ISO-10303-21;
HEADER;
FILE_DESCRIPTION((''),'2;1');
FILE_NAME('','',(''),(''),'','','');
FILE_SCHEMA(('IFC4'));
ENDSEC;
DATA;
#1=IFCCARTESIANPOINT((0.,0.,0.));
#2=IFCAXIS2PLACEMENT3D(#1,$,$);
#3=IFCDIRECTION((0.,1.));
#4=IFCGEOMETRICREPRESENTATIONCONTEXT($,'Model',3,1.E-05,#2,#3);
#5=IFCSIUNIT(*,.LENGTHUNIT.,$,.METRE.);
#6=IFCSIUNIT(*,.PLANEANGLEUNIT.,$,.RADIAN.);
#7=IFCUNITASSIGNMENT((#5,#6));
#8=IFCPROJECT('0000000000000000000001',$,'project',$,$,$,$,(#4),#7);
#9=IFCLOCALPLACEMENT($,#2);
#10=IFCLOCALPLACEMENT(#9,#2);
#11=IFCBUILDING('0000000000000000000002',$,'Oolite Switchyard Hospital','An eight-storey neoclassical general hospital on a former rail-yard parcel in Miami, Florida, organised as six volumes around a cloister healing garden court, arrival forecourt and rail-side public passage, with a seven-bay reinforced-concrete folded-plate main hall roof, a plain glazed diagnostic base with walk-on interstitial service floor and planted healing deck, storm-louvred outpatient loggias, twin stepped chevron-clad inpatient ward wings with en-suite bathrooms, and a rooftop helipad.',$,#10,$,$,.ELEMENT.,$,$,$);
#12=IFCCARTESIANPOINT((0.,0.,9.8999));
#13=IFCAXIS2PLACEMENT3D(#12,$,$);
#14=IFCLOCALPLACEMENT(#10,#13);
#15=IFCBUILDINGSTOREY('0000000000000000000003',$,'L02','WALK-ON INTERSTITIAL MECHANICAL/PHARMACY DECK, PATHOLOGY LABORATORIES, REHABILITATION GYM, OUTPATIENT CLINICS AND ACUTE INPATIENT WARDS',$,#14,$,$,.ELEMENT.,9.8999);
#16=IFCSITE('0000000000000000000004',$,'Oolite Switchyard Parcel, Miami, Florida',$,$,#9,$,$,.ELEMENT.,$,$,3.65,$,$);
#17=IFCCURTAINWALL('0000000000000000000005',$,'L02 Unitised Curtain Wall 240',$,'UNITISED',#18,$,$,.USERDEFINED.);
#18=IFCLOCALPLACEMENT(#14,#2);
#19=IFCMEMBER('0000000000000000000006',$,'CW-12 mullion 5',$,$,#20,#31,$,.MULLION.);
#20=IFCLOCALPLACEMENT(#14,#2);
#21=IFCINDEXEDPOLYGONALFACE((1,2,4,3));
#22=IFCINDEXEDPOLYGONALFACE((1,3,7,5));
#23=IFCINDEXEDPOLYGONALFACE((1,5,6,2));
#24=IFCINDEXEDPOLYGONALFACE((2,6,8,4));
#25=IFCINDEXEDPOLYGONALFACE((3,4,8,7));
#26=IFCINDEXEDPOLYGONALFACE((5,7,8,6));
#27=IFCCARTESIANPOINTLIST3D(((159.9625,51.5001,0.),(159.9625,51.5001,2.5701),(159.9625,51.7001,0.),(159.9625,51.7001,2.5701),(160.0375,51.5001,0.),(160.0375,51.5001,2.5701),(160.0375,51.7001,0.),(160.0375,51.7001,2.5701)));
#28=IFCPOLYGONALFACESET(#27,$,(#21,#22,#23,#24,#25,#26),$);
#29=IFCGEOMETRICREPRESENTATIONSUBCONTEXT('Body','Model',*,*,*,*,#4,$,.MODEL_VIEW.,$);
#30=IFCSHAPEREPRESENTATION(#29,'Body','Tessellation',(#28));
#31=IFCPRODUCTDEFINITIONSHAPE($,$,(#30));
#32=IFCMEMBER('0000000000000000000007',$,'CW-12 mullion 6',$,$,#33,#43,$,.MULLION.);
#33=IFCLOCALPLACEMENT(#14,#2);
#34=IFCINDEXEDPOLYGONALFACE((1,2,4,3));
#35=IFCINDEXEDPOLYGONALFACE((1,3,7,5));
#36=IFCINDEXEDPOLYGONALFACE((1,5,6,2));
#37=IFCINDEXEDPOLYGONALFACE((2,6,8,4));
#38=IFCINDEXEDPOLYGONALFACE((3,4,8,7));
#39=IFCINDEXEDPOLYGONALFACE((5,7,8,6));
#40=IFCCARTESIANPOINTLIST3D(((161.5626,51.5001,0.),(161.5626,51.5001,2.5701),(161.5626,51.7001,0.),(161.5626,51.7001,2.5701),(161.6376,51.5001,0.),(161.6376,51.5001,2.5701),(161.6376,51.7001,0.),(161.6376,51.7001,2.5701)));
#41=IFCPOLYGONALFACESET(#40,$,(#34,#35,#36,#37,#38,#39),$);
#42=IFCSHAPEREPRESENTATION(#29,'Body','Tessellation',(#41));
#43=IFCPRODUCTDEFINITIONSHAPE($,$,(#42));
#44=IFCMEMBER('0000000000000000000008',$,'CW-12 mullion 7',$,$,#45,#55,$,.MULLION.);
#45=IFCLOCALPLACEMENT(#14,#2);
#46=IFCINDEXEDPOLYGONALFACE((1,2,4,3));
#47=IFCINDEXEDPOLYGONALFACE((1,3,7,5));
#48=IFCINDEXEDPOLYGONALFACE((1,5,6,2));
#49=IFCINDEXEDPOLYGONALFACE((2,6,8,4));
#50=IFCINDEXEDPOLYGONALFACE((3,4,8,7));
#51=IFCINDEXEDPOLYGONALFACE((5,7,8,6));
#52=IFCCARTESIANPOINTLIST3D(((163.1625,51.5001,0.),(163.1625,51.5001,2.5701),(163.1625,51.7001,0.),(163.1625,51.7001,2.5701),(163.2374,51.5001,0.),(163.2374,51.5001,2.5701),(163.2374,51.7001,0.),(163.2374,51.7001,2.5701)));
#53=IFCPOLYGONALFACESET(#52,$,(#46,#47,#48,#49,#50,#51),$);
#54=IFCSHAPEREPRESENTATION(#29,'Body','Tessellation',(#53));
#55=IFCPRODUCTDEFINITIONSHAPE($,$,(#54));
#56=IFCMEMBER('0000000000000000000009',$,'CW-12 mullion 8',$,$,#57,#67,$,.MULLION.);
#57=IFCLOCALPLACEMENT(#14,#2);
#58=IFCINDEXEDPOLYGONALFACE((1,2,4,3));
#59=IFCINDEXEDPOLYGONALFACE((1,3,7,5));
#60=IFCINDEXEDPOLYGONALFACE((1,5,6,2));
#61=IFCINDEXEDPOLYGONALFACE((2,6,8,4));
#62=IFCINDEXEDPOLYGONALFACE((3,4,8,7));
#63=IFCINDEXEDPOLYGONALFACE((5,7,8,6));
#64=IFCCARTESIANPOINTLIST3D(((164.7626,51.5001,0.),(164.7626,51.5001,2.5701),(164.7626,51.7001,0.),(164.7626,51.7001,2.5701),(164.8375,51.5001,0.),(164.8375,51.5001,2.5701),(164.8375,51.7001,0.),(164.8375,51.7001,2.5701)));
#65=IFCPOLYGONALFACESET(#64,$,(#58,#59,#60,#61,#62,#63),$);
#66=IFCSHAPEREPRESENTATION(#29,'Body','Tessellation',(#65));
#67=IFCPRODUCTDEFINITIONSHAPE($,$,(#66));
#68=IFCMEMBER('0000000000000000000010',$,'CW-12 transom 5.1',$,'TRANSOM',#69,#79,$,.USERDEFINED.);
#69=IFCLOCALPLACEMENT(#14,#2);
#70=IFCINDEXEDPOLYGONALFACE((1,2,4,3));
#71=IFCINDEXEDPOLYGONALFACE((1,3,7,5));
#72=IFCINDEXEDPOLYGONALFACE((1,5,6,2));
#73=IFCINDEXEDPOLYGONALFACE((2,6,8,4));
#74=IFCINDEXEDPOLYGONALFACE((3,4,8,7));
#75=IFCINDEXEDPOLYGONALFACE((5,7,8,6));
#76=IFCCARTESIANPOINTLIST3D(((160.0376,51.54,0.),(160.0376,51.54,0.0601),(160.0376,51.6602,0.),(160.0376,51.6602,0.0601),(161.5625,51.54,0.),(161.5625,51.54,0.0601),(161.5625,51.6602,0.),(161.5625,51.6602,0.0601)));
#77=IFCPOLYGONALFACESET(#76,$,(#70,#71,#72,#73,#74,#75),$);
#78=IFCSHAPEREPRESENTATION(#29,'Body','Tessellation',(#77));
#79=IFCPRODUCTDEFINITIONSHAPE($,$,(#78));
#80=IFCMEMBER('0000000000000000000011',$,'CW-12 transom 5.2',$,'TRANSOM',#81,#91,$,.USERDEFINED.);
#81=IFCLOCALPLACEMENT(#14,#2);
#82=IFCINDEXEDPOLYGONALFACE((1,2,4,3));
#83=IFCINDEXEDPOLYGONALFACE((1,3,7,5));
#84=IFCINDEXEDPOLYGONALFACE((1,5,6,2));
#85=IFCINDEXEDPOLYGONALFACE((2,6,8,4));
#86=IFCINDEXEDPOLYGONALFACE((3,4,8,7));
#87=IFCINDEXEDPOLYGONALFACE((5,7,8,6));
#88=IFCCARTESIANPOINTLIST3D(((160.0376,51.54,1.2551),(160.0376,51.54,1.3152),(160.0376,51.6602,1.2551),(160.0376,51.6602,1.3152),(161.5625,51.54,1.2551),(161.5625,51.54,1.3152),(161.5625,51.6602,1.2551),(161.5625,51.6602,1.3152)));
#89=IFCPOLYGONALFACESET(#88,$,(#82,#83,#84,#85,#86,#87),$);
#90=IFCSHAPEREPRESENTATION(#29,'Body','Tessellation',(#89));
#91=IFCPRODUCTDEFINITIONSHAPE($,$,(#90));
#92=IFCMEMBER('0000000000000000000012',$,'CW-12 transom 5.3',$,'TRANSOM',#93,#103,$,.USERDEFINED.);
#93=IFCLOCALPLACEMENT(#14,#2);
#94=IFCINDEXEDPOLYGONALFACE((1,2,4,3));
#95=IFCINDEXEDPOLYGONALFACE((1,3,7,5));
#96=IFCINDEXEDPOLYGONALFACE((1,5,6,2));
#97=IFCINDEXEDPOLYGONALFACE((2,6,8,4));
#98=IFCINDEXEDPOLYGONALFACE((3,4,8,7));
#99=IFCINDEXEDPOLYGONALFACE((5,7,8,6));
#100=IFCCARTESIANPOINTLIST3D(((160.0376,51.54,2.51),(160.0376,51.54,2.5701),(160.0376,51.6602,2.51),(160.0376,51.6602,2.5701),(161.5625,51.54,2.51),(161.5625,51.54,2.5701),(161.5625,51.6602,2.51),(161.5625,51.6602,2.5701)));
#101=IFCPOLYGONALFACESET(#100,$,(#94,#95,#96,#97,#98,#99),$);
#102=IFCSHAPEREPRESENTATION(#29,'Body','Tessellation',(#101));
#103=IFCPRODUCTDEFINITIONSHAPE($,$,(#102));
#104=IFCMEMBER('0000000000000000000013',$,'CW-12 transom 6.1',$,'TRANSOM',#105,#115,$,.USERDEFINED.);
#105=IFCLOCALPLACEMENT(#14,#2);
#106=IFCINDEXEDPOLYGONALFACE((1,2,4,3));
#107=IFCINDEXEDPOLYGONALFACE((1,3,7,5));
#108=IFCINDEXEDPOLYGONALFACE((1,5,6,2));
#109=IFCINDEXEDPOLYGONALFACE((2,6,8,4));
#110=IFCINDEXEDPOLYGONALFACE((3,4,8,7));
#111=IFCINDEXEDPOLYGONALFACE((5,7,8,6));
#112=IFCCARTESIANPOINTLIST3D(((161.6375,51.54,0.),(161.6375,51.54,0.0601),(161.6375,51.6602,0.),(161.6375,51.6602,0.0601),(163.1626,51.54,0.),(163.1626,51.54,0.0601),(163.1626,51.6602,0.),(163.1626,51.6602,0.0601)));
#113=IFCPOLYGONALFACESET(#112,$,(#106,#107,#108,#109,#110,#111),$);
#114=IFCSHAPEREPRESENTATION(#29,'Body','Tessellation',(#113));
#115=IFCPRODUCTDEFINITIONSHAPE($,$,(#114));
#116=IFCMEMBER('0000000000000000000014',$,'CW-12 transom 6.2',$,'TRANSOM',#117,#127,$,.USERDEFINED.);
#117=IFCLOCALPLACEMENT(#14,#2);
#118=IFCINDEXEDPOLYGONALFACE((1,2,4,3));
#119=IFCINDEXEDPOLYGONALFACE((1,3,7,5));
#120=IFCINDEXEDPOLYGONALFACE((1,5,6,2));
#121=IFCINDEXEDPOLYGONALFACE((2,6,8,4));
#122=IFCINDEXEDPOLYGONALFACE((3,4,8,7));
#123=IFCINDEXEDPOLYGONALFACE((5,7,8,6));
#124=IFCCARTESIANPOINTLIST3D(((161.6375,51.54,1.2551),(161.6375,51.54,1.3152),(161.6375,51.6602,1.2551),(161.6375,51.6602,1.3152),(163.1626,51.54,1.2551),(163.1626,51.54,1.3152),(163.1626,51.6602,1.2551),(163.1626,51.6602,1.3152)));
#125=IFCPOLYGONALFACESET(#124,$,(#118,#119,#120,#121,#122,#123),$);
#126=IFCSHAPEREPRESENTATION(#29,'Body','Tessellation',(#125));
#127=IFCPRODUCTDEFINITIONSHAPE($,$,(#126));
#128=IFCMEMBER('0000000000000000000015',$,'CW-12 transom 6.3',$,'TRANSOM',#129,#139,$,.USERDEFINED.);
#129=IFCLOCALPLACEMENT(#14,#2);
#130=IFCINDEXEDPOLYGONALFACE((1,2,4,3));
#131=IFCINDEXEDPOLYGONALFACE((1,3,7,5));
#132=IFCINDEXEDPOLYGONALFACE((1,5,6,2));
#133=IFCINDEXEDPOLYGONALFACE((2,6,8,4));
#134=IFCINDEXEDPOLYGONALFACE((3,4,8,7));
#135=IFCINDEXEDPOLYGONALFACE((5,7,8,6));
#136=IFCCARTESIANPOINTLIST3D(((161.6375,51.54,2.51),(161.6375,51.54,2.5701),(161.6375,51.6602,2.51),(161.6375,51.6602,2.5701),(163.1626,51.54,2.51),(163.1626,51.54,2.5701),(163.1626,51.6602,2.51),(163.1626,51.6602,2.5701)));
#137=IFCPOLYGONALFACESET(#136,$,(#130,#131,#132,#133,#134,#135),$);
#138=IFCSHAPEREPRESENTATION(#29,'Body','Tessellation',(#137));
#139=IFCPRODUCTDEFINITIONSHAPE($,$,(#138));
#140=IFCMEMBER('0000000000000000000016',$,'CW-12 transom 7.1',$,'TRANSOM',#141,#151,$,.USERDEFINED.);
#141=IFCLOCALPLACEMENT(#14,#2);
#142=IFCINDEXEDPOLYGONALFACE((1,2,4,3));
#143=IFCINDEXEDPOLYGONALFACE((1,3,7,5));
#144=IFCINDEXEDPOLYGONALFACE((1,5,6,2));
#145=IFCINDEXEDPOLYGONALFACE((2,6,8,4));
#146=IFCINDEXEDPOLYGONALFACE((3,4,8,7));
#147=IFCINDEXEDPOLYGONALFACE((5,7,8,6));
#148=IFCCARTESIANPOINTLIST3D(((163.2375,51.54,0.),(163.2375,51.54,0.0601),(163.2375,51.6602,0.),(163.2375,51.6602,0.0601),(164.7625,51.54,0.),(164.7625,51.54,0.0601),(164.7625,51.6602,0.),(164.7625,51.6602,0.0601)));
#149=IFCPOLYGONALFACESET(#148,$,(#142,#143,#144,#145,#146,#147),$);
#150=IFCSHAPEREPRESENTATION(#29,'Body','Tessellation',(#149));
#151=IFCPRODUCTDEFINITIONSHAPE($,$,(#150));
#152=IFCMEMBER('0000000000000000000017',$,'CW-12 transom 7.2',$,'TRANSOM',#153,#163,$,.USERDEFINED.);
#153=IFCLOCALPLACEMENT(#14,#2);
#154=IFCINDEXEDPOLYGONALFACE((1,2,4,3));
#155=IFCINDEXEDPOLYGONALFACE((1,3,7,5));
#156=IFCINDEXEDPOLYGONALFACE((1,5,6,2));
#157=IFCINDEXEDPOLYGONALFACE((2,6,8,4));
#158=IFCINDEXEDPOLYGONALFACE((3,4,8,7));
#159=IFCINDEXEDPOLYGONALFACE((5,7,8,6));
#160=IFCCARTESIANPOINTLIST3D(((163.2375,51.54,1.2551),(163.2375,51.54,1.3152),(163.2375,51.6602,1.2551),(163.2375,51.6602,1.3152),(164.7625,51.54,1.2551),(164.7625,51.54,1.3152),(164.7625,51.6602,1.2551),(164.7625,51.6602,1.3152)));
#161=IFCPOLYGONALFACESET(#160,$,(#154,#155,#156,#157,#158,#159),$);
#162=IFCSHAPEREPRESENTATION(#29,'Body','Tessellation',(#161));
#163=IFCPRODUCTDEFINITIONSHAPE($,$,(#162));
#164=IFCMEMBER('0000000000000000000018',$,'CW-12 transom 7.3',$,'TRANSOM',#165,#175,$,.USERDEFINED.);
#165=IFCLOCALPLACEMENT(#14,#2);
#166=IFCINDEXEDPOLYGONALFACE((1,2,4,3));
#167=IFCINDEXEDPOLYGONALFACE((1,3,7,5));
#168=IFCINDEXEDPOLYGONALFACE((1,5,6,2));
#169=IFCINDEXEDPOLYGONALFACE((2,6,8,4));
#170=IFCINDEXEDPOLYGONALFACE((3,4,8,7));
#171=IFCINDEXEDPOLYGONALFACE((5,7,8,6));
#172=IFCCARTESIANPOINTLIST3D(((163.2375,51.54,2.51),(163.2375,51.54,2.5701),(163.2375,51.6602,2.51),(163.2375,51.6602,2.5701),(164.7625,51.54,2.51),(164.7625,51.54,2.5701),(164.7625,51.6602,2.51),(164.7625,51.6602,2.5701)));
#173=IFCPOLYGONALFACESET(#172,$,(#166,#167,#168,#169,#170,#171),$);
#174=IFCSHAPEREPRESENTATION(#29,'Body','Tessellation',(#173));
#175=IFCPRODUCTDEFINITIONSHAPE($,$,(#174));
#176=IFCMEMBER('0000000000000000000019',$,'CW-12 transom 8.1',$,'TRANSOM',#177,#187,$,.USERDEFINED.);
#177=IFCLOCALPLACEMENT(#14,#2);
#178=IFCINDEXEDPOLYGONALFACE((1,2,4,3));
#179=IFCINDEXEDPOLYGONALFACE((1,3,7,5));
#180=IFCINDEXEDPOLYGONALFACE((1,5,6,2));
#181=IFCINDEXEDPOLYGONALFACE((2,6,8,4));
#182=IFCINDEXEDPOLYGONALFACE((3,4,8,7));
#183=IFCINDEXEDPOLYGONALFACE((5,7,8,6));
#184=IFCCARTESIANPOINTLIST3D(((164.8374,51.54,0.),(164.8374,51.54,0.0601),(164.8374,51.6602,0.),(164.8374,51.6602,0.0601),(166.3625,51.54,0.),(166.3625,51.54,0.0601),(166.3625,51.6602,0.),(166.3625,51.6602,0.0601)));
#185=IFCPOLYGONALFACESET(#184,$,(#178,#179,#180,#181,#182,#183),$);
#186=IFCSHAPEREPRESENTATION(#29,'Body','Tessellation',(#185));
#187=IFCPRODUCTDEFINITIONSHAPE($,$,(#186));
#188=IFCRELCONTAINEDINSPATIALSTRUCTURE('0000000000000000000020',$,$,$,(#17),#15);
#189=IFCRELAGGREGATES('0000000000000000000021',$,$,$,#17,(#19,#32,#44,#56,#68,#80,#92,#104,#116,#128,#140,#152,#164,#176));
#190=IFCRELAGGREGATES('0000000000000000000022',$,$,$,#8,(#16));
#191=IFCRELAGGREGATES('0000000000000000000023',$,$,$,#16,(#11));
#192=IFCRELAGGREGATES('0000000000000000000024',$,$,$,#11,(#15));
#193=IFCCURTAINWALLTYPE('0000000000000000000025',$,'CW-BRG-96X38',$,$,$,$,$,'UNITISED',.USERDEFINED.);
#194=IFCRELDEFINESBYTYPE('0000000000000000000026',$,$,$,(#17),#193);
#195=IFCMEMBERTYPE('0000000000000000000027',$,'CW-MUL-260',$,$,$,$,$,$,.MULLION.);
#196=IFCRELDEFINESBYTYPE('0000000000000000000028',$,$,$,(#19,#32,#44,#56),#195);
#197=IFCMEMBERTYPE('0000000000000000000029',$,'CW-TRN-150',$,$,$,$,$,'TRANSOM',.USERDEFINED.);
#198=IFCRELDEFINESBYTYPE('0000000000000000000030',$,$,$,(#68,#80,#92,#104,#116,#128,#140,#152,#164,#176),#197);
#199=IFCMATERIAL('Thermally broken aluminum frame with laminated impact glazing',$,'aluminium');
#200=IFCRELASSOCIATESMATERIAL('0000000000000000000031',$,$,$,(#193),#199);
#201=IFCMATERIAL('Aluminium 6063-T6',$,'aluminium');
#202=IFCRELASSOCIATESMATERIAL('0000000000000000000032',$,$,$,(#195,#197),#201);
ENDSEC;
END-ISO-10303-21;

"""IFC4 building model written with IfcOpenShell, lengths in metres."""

from ifc_helpers import new_model, si_unit, direction, frame, origin, origin_2d, place, context, subcontext, project, spatial, rectangle, extrude, material, material_profile, profile_set, type_object, element, aggregate, save


model = new_model("IFC4")

# Units and contexts
model_context = context("Model", 3, precision=1e-05, world=origin(), true_north=direction((0.0, 1.0)))
body_context = subcontext(model_context, "Body", "Model", "MODEL_VIEW")
ifc_project = project(units=[si_unit("LENGTHUNIT", "METRE"), si_unit("PLANEANGLEUNIT", "RADIAN")], contexts=[model_context])

# Site, building, storey
site_placement = place(None, origin())
site = spatial("IfcSite", under=ifc_project, at=site_placement, Name="Oolite Switchyard Parcel, Miami, Florida", CompositionType="ELEMENT", RefElevation=3.65)
building_placement = place(site_placement, origin())
building = spatial("IfcBuilding", under=site, at=building_placement, Name="Oolite Switchyard Hospital", Description="An eight-storey neoclassical general hospital on a former rail-yard parcel in Miami, Florida, organised as six volumes around a cloister healing garden court, arrival forecourt and rail-side public passage, with a seven-bay reinforced-concrete folded-plate main hall roof, a plain glazed diagnostic base with walk-on interstitial service floor and planted healing deck, storm-louvred outpatient loggias, twin stepped chevron-clad inpatient ward wings with en-suite bathrooms, and a rooftop helipad.", CompositionType="ELEMENT")
storey_placement = place(building_placement, frame((0.0, 0.0, 9.8999)))
storey = spatial("IfcBuildingStorey", under=building, at=storey_placement, Name="L02", Description="WALK-ON INTERSTITIAL MECHANICAL/PHARMACY DECK, PATHOLOGY LABORATORIES, REHABILITATION GYM, OUTPATIENT CLINICS AND ACUTE INPATIENT WARDS", CompositionType="ELEMENT", Elevation=9.8999)

# Curtain wall, members
ifc_material_1 = material(Name="Thermally broken aluminum frame with laminated impact glazing", Category="aluminium")
curtain_wall_type = type_object("IfcCurtainWallType", Name="CW-BRG-96X38", ElementType="UNITISED", PredefinedType="USERDEFINED", material=ifc_material_1)
curtain_wall_placement = place(storey_placement, origin())
curtain_wall = element("IfcCurtainWall", 1, at=curtain_wall_placement, inside=storey, type_object=curtain_wall_type, Name="L02 Unitised Curtain Wall 240", ObjectType="UNITISED", PredefinedType="USERDEFINED")
ifc_material_2 = material(Name="Aluminium 6063-T6", Category="aluminium")
ifc_material_profile_1 = material_profile(ifc_material_2, rectangle(XDim=0.2, YDim=0.075, at=origin_2d()), Name="CWM75X200")
ifc_profile_set_1 = profile_set([ifc_material_profile_1], Name="Aluminium 6063-T6")
member_type_1 = type_object("IfcMemberType", Name="CW-MUL-260", PredefinedType="MULLION", material=ifc_profile_set_1)
member_1_placement = place(storey_placement, frame((160.0, 51.6001, 0.0), z_axis=(0.0, 0.0, 1.0), x_axis=(0.0, 1.0, 0.0)))
member_1 = element("IfcMember", 2, at=member_1_placement, type_object=member_type_1, Name="CW-12 mullion 5", PredefinedType="MULLION", context=body_context, shape_type="SweptSolid", body=[
    extrude(rectangle(XDim=0.2, YDim=0.075, at=origin_2d()), origin(), (0.0, 0.0, 1.0), 2.5701),
])
member_2_placement = place(storey_placement, frame((161.6001, 51.6001, 0.0), z_axis=(0.0, 0.0, 1.0), x_axis=(0.0, 1.0, 0.0)))
member_2 = element("IfcMember", 3, at=member_2_placement, type_object=member_type_1, Name="CW-12 mullion 6", PredefinedType="MULLION", context=body_context, shape_type="SweptSolid", body=[
    extrude(rectangle(XDim=0.2, YDim=0.075, at=origin_2d()), origin(), (0.0, 0.0, 1.0), 2.5701),
])
member_3_placement = place(storey_placement, frame((163.2, 51.6001, 0.0), z_axis=(0.0, 0.0, 1.0), x_axis=(0.0, 1.0, 0.0)))
member_3 = element("IfcMember", 4, at=member_3_placement, type_object=member_type_1, Name="CW-12 mullion 7", PredefinedType="MULLION", context=body_context, shape_type="SweptSolid", body=[
    extrude(rectangle(XDim=0.2, YDim=0.075, at=origin_2d()), origin(), (0.0, 0.0, 1.0), 2.5701),
])
member_4_placement = place(storey_placement, frame((164.8, 51.6001, 0.0), z_axis=(0.0, 0.0, 1.0), x_axis=(0.0, 1.0, 0.0)))
member_4 = element("IfcMember", 5, at=member_4_placement, type_object=member_type_1, Name="CW-12 mullion 8", PredefinedType="MULLION", context=body_context, shape_type="SweptSolid", body=[
    extrude(rectangle(XDim=0.2, YDim=0.075, at=origin_2d()), origin(), (0.0, 0.0, 1.0), 2.5701),
])
ifc_material_profile_2 = material_profile(ifc_material_2, rectangle(XDim=0.1201, YDim=0.0601, at=origin_2d()), Name="CWT60X120")
ifc_profile_set_2 = profile_set([ifc_material_profile_2], Name="Aluminium 6063-T6")
member_type_2 = type_object("IfcMemberType", Name="CW-TRN-150", ElementType="TRANSOM", PredefinedType="USERDEFINED", material=ifc_profile_set_2)
member_5_placement = place(storey_placement, frame((160.0376, 51.6001, 0.03), z_axis=(1.0, 0.0, 0.0), x_axis=(0.0, 1.0, 0.0)))
member_5 = element("IfcMember", 6, at=member_5_placement, type_object=member_type_2, Name="CW-12 transom 5.1", ObjectType="TRANSOM", PredefinedType="USERDEFINED", context=body_context, shape_type="SweptSolid", body=[
    extrude(rectangle(XDim=0.1201, YDim=0.0601, at=origin_2d()), origin(), (0.0, 0.0, 1.0), 1.5249),
])
member_6_placement = place(storey_placement, frame((160.0376, 51.6001, 1.2852), z_axis=(1.0, 0.0, 0.0), x_axis=(0.0, 1.0, 0.0)))
member_6 = element("IfcMember", 7, at=member_6_placement, type_object=member_type_2, Name="CW-12 transom 5.2", ObjectType="TRANSOM", PredefinedType="USERDEFINED", context=body_context, shape_type="SweptSolid", body=[
    extrude(rectangle(XDim=0.1201, YDim=0.0601, at=origin_2d()), origin(), (0.0, 0.0, 1.0), 1.5249),
])
member_7_placement = place(storey_placement, frame((160.0376, 51.6001, 2.54), z_axis=(1.0, 0.0, 0.0), x_axis=(0.0, 1.0, 0.0)))
member_7 = element("IfcMember", 8, at=member_7_placement, type_object=member_type_2, Name="CW-12 transom 5.3", ObjectType="TRANSOM", PredefinedType="USERDEFINED", context=body_context, shape_type="SweptSolid", body=[
    extrude(rectangle(XDim=0.1201, YDim=0.0601, at=origin_2d()), origin(), (0.0, 0.0, 1.0), 1.5249),
])
member_8_placement = place(storey_placement, frame((161.6375, 51.6001, 0.03), z_axis=(1.0, 0.0, 0.0), x_axis=(0.0, 1.0, 0.0)))
member_8 = element("IfcMember", 9, at=member_8_placement, type_object=member_type_2, Name="CW-12 transom 6.1", ObjectType="TRANSOM", PredefinedType="USERDEFINED", context=body_context, shape_type="SweptSolid", body=[
    extrude(rectangle(XDim=0.1201, YDim=0.0601, at=origin_2d()), origin(), (0.0, 0.0, 1.0), 1.5251),
])
member_9_placement = place(storey_placement, frame((161.6375, 51.6001, 1.2852), z_axis=(1.0, 0.0, 0.0), x_axis=(0.0, 1.0, 0.0)))
member_9 = element("IfcMember", 10, at=member_9_placement, type_object=member_type_2, Name="CW-12 transom 6.2", ObjectType="TRANSOM", PredefinedType="USERDEFINED", context=body_context, shape_type="SweptSolid", body=[
    extrude(rectangle(XDim=0.1201, YDim=0.0601, at=origin_2d()), origin(), (0.0, 0.0, 1.0), 1.5251),
])
member_10_placement = place(storey_placement, frame((161.6375, 51.6001, 2.54), z_axis=(1.0, 0.0, 0.0), x_axis=(0.0, 1.0, 0.0)))
member_10 = element("IfcMember", 11, at=member_10_placement, type_object=member_type_2, Name="CW-12 transom 6.3", ObjectType="TRANSOM", PredefinedType="USERDEFINED", context=body_context, shape_type="SweptSolid", body=[
    extrude(rectangle(XDim=0.1201, YDim=0.0601, at=origin_2d()), origin(), (0.0, 0.0, 1.0), 1.5251),
])
member_11_placement = place(storey_placement, frame((163.2375, 51.6001, 0.03), z_axis=(1.0, 0.0, 0.0), x_axis=(0.0, 1.0, 0.0)))
member_11 = element("IfcMember", 12, at=member_11_placement, type_object=member_type_2, Name="CW-12 transom 7.1", ObjectType="TRANSOM", PredefinedType="USERDEFINED", context=body_context, shape_type="SweptSolid", body=[
    extrude(rectangle(XDim=0.1201, YDim=0.0601, at=origin_2d()), origin(), (0.0, 0.0, 1.0), 1.5249),
])
member_12_placement = place(storey_placement, frame((163.2375, 51.6001, 1.2852), z_axis=(1.0, 0.0, 0.0), x_axis=(0.0, 1.0, 0.0)))
member_12 = element("IfcMember", 13, at=member_12_placement, type_object=member_type_2, Name="CW-12 transom 7.2", ObjectType="TRANSOM", PredefinedType="USERDEFINED", context=body_context, shape_type="SweptSolid", body=[
    extrude(rectangle(XDim=0.1201, YDim=0.0601, at=origin_2d()), origin(), (0.0, 0.0, 1.0), 1.5249),
])
member_13_placement = place(storey_placement, frame((163.2375, 51.6001, 2.54), z_axis=(1.0, 0.0, 0.0), x_axis=(0.0, 1.0, 0.0)))
member_13 = element("IfcMember", 14, at=member_13_placement, type_object=member_type_2, Name="CW-12 transom 7.3", ObjectType="TRANSOM", PredefinedType="USERDEFINED", context=body_context, shape_type="SweptSolid", body=[
    extrude(rectangle(XDim=0.1201, YDim=0.0601, at=origin_2d()), origin(), (0.0, 0.0, 1.0), 1.5249),
])
member_14_placement = place(storey_placement, frame((164.8374, 51.6001, 0.03), z_axis=(1.0, 0.0, 0.0), x_axis=(0.0, 1.0, 0.0)))
member_14 = element("IfcMember", 15, at=member_14_placement, type_object=member_type_2, Name="CW-12 transom 8.1", ObjectType="TRANSOM", PredefinedType="USERDEFINED", context=body_context, shape_type="SweptSolid", body=[
    extrude(rectangle(XDim=0.1201, YDim=0.0601, at=origin_2d()), origin(), (0.0, 0.0, 1.0), 1.5251),
])
aggregate(curtain_wall, [member_1, member_2, member_3, member_4, member_5, member_6, member_7, member_8, member_9, member_10, member_11, member_12, member_13, member_14])

save(model, "model.ifc")
